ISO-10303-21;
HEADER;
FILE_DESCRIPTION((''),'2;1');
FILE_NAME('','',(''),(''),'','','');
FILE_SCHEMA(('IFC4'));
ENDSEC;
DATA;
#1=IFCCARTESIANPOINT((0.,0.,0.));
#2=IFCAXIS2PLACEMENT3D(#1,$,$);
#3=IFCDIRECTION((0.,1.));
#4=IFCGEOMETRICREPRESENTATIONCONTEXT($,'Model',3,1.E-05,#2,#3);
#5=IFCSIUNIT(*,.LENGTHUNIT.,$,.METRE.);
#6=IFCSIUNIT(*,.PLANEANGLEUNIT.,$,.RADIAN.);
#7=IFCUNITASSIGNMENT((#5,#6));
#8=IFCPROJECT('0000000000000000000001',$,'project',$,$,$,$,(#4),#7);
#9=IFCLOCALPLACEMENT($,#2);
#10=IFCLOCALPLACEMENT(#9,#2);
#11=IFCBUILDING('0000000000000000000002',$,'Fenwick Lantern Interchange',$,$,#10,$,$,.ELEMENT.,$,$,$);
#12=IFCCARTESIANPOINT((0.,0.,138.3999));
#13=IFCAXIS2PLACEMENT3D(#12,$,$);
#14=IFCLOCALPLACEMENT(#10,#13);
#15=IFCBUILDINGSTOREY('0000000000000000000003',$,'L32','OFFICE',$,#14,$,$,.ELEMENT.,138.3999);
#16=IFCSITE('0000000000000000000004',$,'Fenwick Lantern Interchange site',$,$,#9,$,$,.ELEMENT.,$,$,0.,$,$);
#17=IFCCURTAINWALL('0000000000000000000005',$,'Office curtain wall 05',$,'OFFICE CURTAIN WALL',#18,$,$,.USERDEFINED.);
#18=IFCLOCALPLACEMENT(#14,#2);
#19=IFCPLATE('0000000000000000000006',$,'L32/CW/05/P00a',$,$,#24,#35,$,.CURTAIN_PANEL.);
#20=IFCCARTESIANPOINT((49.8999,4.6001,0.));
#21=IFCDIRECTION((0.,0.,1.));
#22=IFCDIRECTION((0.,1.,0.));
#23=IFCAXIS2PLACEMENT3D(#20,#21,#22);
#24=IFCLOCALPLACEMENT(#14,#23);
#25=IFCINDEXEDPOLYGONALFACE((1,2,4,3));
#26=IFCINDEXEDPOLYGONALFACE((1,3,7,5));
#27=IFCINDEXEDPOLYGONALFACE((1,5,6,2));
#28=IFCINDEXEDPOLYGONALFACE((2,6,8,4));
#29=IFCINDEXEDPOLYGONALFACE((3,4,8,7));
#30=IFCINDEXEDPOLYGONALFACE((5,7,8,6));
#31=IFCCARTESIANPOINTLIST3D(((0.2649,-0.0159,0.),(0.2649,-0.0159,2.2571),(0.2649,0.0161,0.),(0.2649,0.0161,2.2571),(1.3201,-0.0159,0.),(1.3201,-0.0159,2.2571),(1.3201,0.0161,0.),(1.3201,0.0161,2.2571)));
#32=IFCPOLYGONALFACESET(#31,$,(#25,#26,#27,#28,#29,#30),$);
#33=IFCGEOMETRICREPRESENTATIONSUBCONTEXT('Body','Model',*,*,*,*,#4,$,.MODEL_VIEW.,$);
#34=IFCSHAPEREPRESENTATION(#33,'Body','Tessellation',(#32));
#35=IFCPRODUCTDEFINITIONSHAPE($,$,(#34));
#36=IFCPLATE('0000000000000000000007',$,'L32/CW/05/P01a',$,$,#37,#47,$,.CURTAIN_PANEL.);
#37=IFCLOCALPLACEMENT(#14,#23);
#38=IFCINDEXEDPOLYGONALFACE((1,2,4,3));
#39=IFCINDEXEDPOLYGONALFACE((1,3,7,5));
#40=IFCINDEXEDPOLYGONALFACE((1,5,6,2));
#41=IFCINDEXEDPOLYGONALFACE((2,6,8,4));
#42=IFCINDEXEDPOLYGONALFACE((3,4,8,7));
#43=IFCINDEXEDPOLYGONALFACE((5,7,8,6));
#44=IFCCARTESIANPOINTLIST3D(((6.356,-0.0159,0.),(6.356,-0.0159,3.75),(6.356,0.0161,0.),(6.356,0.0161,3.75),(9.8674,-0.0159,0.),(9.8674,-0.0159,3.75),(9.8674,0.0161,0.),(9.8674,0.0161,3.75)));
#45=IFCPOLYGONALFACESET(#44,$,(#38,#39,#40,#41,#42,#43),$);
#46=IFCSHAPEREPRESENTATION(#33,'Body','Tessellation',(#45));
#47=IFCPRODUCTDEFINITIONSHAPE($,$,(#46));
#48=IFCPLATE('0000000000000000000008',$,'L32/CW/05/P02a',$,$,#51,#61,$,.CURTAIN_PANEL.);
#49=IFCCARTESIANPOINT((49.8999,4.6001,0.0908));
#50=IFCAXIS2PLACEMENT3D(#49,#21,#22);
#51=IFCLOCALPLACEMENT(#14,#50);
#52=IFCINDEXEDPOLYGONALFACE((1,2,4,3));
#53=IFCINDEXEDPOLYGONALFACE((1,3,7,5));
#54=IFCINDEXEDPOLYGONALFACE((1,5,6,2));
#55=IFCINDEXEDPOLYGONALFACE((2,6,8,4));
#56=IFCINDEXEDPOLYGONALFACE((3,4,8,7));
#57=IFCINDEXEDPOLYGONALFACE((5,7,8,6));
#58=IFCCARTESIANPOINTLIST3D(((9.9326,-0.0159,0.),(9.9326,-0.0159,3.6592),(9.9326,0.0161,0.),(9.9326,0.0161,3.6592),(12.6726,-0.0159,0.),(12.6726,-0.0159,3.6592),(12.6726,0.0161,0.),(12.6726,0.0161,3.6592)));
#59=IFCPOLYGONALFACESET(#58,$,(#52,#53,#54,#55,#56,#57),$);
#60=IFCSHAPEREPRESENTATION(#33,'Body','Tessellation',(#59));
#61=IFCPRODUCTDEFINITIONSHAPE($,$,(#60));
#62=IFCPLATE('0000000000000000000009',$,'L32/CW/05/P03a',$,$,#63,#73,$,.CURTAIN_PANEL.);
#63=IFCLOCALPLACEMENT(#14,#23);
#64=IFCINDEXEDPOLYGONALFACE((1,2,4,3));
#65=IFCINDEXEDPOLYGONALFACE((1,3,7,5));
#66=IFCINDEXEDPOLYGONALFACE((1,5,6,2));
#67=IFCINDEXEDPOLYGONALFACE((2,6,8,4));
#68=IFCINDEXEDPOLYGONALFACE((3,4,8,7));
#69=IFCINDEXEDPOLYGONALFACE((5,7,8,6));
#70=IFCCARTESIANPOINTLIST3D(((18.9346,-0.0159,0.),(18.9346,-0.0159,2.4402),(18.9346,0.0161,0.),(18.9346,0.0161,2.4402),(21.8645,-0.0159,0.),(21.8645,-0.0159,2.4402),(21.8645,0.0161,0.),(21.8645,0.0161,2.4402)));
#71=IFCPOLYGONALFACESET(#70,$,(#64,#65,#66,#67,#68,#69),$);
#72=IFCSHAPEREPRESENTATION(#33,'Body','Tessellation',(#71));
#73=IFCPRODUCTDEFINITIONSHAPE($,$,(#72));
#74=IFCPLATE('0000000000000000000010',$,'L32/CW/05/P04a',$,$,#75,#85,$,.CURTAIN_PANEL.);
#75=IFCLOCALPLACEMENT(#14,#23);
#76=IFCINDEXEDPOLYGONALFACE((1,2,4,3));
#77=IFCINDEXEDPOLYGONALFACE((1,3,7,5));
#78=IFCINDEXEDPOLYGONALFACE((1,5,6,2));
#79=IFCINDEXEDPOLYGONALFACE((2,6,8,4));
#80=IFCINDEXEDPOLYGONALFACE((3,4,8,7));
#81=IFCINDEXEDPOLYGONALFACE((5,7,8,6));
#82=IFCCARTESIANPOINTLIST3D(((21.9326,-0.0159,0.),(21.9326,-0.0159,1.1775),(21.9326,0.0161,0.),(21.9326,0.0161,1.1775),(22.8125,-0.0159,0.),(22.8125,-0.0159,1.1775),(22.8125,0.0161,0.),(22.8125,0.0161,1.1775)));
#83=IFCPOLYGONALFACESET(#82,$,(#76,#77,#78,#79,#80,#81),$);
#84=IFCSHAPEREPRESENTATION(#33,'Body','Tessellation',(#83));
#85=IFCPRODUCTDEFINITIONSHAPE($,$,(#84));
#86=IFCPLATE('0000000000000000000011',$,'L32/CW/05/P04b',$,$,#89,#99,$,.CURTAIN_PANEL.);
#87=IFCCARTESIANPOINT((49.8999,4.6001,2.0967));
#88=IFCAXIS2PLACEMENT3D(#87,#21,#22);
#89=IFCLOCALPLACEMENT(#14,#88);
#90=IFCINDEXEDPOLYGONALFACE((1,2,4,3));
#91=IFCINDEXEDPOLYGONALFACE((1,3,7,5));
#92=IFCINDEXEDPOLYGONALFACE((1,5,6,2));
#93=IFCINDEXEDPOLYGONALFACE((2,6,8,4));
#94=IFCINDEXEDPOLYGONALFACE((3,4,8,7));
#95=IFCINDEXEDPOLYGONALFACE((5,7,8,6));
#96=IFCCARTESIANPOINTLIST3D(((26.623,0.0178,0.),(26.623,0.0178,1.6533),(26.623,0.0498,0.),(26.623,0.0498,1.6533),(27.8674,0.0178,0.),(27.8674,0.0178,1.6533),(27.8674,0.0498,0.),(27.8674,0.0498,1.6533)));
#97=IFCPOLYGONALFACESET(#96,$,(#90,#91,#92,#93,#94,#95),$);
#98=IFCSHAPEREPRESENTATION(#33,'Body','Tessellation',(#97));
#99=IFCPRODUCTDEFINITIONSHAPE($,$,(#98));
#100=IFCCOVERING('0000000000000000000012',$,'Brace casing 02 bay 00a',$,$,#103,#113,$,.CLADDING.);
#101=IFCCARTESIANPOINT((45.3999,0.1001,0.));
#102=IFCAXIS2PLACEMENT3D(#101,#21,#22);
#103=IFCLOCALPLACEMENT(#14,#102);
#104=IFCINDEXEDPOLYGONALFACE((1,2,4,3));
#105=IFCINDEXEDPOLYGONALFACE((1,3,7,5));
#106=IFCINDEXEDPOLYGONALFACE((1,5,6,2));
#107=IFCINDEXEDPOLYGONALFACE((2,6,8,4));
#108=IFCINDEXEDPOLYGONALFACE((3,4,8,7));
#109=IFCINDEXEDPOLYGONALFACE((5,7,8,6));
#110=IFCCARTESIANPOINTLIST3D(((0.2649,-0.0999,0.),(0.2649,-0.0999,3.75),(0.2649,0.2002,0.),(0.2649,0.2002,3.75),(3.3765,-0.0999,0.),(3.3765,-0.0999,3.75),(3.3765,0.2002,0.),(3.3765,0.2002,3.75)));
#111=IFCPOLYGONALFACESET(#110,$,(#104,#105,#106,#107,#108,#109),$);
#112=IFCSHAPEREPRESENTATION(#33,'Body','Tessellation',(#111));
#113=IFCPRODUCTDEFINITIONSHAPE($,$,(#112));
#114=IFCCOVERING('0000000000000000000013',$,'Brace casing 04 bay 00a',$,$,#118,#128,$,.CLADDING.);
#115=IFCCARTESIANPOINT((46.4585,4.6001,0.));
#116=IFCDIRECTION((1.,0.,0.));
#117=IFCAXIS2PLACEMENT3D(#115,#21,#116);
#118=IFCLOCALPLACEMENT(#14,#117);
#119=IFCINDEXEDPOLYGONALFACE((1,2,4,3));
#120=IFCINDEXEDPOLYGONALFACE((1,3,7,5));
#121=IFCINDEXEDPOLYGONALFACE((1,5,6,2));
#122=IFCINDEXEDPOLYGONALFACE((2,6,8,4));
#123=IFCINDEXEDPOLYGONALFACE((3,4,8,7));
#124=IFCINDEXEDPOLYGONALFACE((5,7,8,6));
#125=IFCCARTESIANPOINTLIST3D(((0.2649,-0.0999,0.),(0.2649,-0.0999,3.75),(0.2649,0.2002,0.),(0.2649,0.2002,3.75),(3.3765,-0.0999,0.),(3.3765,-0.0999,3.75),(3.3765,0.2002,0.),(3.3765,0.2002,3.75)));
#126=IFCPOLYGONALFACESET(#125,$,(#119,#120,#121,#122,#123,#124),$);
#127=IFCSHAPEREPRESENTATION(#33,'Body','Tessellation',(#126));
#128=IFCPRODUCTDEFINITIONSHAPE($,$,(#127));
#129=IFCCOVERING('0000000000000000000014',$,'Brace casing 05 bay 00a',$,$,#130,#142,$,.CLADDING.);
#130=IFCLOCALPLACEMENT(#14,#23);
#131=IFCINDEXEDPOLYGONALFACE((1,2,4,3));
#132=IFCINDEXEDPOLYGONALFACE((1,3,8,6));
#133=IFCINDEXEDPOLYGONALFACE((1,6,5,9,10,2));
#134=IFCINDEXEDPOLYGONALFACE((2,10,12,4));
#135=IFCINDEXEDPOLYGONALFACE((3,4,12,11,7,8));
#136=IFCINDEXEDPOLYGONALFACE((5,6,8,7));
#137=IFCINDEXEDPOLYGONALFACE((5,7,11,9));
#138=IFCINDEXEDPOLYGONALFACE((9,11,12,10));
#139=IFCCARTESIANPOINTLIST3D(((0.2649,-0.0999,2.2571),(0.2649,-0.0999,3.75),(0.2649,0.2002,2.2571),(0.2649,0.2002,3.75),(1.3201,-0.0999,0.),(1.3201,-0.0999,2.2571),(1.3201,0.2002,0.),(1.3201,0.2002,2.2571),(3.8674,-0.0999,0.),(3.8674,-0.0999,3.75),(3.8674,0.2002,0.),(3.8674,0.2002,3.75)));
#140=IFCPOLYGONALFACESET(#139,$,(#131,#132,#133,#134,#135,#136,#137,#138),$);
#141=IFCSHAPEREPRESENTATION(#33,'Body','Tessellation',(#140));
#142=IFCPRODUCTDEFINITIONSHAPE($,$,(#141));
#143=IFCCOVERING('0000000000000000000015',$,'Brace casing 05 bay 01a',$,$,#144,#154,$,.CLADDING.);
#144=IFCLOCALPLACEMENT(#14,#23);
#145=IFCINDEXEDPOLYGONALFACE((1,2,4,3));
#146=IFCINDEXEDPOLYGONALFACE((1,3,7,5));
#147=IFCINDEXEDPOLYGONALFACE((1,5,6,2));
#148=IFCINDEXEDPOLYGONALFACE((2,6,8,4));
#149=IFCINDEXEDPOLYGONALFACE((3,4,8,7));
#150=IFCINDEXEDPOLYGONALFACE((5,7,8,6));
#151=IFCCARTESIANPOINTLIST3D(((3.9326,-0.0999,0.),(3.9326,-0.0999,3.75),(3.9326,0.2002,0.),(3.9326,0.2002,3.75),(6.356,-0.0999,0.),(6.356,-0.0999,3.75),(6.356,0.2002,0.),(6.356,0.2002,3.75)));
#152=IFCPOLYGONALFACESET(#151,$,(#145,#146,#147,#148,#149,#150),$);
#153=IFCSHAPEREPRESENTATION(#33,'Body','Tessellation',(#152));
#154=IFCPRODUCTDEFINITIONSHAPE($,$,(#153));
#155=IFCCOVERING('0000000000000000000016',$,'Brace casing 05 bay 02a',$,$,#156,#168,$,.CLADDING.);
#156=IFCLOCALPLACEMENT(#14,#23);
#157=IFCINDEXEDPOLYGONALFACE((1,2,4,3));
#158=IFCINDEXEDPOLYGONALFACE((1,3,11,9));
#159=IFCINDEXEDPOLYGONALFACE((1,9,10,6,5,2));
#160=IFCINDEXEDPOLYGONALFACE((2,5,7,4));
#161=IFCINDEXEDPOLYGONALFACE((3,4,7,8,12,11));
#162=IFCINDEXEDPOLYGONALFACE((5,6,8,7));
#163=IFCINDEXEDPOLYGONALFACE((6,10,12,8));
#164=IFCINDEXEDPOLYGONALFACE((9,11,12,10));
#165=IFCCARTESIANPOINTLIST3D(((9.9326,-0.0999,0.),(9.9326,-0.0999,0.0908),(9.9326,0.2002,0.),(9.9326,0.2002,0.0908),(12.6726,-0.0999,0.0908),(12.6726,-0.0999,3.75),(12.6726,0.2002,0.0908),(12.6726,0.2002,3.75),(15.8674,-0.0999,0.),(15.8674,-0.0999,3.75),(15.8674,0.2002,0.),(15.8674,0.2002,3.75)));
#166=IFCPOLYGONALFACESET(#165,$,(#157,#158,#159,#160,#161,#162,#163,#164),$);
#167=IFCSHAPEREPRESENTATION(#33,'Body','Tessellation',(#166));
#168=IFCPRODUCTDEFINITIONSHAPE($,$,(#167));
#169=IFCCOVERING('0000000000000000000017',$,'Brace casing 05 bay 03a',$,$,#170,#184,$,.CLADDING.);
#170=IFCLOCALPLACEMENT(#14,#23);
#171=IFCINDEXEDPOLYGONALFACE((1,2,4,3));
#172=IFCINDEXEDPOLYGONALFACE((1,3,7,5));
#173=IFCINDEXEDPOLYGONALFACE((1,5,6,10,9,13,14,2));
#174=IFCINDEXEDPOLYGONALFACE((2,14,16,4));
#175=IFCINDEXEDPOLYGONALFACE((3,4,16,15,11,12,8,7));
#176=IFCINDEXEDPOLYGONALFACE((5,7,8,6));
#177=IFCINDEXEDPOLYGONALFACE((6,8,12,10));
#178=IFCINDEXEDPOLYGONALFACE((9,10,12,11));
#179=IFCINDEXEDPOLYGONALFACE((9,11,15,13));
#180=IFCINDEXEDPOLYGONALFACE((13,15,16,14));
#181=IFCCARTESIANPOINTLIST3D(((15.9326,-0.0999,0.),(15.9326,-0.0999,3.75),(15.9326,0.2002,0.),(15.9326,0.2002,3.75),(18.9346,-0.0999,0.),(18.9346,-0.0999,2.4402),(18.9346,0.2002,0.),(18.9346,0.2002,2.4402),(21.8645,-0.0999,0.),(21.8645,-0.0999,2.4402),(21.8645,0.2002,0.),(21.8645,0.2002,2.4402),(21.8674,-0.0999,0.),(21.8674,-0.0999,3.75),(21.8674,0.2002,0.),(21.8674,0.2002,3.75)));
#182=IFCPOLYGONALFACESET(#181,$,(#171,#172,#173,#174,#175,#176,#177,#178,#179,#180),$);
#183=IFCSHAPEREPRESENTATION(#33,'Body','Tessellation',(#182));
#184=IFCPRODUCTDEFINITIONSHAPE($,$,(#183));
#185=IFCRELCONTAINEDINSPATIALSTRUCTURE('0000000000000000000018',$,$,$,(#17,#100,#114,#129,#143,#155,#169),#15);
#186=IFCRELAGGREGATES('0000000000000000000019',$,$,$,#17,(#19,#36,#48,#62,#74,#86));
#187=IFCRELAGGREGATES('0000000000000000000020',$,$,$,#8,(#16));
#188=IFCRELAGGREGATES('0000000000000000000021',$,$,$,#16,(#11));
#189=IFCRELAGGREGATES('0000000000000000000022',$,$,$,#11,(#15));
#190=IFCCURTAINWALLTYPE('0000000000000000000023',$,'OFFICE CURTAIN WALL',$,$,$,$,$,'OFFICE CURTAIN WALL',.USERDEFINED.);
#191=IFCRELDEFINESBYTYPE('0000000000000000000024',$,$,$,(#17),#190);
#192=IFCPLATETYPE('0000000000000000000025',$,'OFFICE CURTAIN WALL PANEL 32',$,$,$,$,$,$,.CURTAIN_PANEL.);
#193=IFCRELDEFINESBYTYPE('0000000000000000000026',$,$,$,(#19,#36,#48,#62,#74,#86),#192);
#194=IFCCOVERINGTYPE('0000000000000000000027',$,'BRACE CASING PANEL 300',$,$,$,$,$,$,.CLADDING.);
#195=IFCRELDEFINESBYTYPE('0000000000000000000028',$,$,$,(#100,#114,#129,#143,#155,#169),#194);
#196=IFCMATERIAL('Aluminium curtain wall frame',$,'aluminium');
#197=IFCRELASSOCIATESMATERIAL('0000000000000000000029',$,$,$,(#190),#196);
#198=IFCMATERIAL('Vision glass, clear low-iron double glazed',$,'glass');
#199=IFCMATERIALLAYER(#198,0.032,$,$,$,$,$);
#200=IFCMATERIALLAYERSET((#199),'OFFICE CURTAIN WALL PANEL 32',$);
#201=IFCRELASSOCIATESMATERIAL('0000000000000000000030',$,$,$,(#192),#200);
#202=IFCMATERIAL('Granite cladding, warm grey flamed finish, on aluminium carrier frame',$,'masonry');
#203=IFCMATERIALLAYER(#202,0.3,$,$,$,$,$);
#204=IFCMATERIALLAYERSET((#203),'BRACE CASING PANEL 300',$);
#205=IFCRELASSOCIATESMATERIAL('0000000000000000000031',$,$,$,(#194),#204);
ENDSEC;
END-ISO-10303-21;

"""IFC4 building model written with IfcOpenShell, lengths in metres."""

from ifc_helpers import new_model, si_unit, direction, frame, origin, place, context, subcontext, project, spatial, polyline, outline, extrude, material, layer, layer_set, type_object, element, aggregate, save


model = new_model("IFC4")

# Units and contexts
model_context = context("Model", 3, precision=1e-05, world=origin(), true_north=direction((0.0, 1.0)))
body_context = subcontext(model_context, "Body", "Model", "MODEL_VIEW")
ifc_project = project(units=[si_unit("LENGTHUNIT", "METRE"), si_unit("PLANEANGLEUNIT", "RADIAN")], contexts=[model_context])

# Site, building, storey
site_placement = place(None, origin())
site = spatial("IfcSite", under=ifc_project, at=site_placement, Name="Fenwick Lantern Interchange site", CompositionType="ELEMENT", RefElevation=0.0)
building_placement = place(site_placement, origin())
building = spatial("IfcBuilding", under=site, at=building_placement, Name="Fenwick Lantern Interchange", CompositionType="ELEMENT")
storey_placement = place(building_placement, frame((0.0, 0.0, 138.3999)))
storey = spatial("IfcBuildingStorey", under=building, at=storey_placement, Name="L32", Description="OFFICE", CompositionType="ELEMENT", Elevation=138.3999)

# Shared definitions
ifc_material_1 = material(Name="Aluminium curtain wall frame", Category="aluminium")
curtain_wall_type = type_object("IfcCurtainWallType", Name="OFFICE CURTAIN WALL", ElementType="OFFICE CURTAIN WALL", PredefinedType="USERDEFINED", material=ifc_material_1)

# Shared definitions
ifc_material_2 = material(Name="Vision glass, clear low-iron double glazed", Category="glass")
ifc_layer_1 = layer(ifc_material_2, 0.032)
ifc_layer_set_1 = layer_set([ifc_layer_1], Name="OFFICE CURTAIN WALL PANEL 32")
plate_type = type_object("IfcPlateType", Name="OFFICE CURTAIN WALL PANEL 32", PredefinedType="CURTAIN_PANEL", material=ifc_layer_set_1)

# Curtain wall, plates
curtain_wall_1_placement = place(storey_placement, origin())
curtain_wall_1 = element("IfcCurtainWall", 1, at=curtain_wall_1_placement, inside=storey, type_object=curtain_wall_type, Name="Office curtain wall 05", ObjectType="OFFICE CURTAIN WALL", PredefinedType="USERDEFINED")
plate_1_placement = place(storey_placement, frame((49.8999, 4.6001, 0.0), z_axis=(0.0, 0.0, 1.0), x_axis=(0.0, 1.0, 0.0)))
plate_1 = element("IfcPlate", 2, at=plate_1_placement, type_object=plate_type, Name="L32/CW/05/P00a", PredefinedType="CURTAIN_PANEL", context=body_context, shape_type="SweptSolid", body=[
    extrude(outline(polyline([(0.2649, 0.0), (1.3201, 0.0), (1.3201, 2.2571), (0.2649, 2.2571), (0.2649, 0.0)])), frame((0.0, 0.0161, 0.0), z_axis=(0.0, -1.0, 0.0), x_axis=(1.0, 0.0, 0.0)), (0.0, 0.0, 1.0), 0.032),
])
plate_2_placement = place(storey_placement, frame((49.8999, 4.6001, 0.0), z_axis=(0.0, 0.0, 1.0), x_axis=(0.0, 1.0, 0.0)))
plate_2 = element("IfcPlate", 3, at=plate_2_placement, type_object=plate_type, Name="L32/CW/05/P01a", PredefinedType="CURTAIN_PANEL", context=body_context, shape_type="SweptSolid", body=[
    extrude(outline(polyline([(6.356, 0.0), (9.8674, 0.0), (9.8674, 3.75), (6.356, 3.75), (6.356, 0.0)])), frame((0.0, 0.0161, 0.0), z_axis=(0.0, -1.0, 0.0), x_axis=(1.0, 0.0, 0.0)), (0.0, 0.0, 1.0), 0.032),
])
plate_3_placement = place(storey_placement, frame((49.8999, 4.6001, 0.0908), z_axis=(0.0, 0.0, 1.0), x_axis=(0.0, 1.0, 0.0)))
plate_3 = element("IfcPlate", 4, at=plate_3_placement, type_object=plate_type, Name="L32/CW/05/P02a", PredefinedType="CURTAIN_PANEL", context=body_context, shape_type="SweptSolid", body=[
    extrude(outline(polyline([(9.9326, 0.0), (12.6726, 0.0), (12.6726, 3.6592), (9.9326, 3.6592), (9.9326, 0.0)])), frame((0.0, 0.0161, 0.0), z_axis=(0.0, -1.0, 0.0), x_axis=(1.0, 0.0, 0.0)), (0.0, 0.0, 1.0), 0.032),
])
plate_4_placement = place(storey_placement, frame((49.8999, 4.6001, 0.0), z_axis=(0.0, 0.0, 1.0), x_axis=(0.0, 1.0, 0.0)))
plate_4 = element("IfcPlate", 5, at=plate_4_placement, type_object=plate_type, Name="L32/CW/05/P03a", PredefinedType="CURTAIN_PANEL", context=body_context, shape_type="SweptSolid", body=[
    extrude(outline(polyline([(18.9346, 0.0), (21.8645, 0.0), (21.8645, 2.4402), (18.9346, 2.4402), (18.9346, 0.0)])), frame((0.0, 0.0161, 0.0), z_axis=(0.0, -1.0, 0.0), x_axis=(1.0, 0.0, 0.0)), (0.0, 0.0, 1.0), 0.032),
])
plate_5_placement = place(storey_placement, frame((49.8999, 4.6001, 0.0), z_axis=(0.0, 0.0, 1.0), x_axis=(0.0, 1.0, 0.0)))
plate_5 = element("IfcPlate", 6, at=plate_5_placement, type_object=plate_type, Name="L32/CW/05/P04a", PredefinedType="CURTAIN_PANEL", context=body_context, shape_type="SweptSolid", body=[
    extrude(outline(polyline([(21.9326, 0.0), (22.8125, 0.0), (22.8125, 1.1775), (21.9326, 1.1775), (21.9326, 0.0)])), frame((0.0, 0.0161, 0.0), z_axis=(0.0, -1.0, 0.0), x_axis=(1.0, 0.0, 0.0)), (0.0, 0.0, 1.0), 0.032),
])
plate_6_placement = place(storey_placement, frame((49.8999, 4.6001, 2.0967), z_axis=(0.0, 0.0, 1.0), x_axis=(0.0, 1.0, 0.0)))
plate_6 = element("IfcPlate", 7, at=plate_6_placement, type_object=plate_type, Name="L32/CW/05/P04b", PredefinedType="CURTAIN_PANEL", context=body_context, shape_type="SweptSolid", body=[
    extrude(outline(polyline([(26.623, 0.0), (27.8674, 0.0), (27.8674, 1.6533), (26.623, 1.6533), (26.623, 0.0)])), frame((0.0, 0.0498, 0.0), z_axis=(0.0, -1.0, 0.0), x_axis=(1.0, 0.0, 0.0)), (0.0, 0.0, 1.0), 0.032),
])
aggregate(curtain_wall_1, [plate_1, plate_2, plate_3, plate_4, plate_5, plate_6])

# Coverings
ifc_material_3 = material(Name="Granite cladding, warm grey flamed finish, on aluminium carrier frame", Category="masonry")
ifc_layer_2 = layer(ifc_material_3, 0.3)
ifc_layer_set_2 = layer_set([ifc_layer_2], Name="BRACE CASING PANEL 300")
covering_type = type_object("IfcCoveringType", Name="BRACE CASING PANEL 300", PredefinedType="CLADDING", material=ifc_layer_set_2)
for number, where, z_axis, x_axis, name in (
    (8, (45.3999, 0.1001, 0.0), (0.0, 0.0, 1.0), (0.0, 1.0, 0.0), "Brace casing 02 bay 00a"),
    (9, (46.4585, 4.6001, 0.0), (0.0, 0.0, 1.0), (1.0, 0.0, 0.0), "Brace casing 04 bay 00a"),
):
    element("IfcCovering", number, at=place(storey_placement, frame(where, z_axis=z_axis, x_axis=x_axis)), inside=storey, type_object=covering_type, Name=name, PredefinedType="CLADDING", context=body_context, shape_type="SweptSolid", body=[
        extrude(outline(polyline([(0.2649, 0.0), (3.3765, 0.0), (3.3765, 3.75), (0.2649, 3.75), (0.2649, 0.0)])), frame((0.0, 0.2002, 0.0), z_axis=(0.0, -1.0, 0.0), x_axis=(1.0, 0.0, 0.0)), (0.0, 0.0, 1.0), 0.3),
    ])
covering_1_placement = place(storey_placement, frame((49.8999, 4.6001, 0.0), z_axis=(0.0, 0.0, 1.0), x_axis=(0.0, 1.0, 0.0)))
element("IfcCovering", 10, at=covering_1_placement, inside=storey, type_object=covering_type, Name="Brace casing 05 bay 00a", PredefinedType="CLADDING", context=body_context, shape_type="SweptSolid", body=[
    extrude(outline(polyline([(1.3201, 0.0), (3.8674, 0.0), (3.8674, 3.75), (0.2649, 3.75), (0.2649, 2.2571), (1.3201, 2.2571), (1.3201, 0.0)])), frame((0.0, 0.2002, 0.0), z_axis=(0.0, -1.0, 0.0), x_axis=(1.0, 0.0, 0.0)), (0.0, 0.0, 1.0), 0.3),
])
covering_2_placement = place(storey_placement, frame((49.8999, 4.6001, 0.0), z_axis=(0.0, 0.0, 1.0), x_axis=(0.0, 1.0, 0.0)))
element("IfcCovering", 11, at=covering_2_placement, inside=storey, type_object=covering_type, Name="Brace casing 05 bay 01a", PredefinedType="CLADDING", context=body_context, shape_type="SweptSolid", body=[
    extrude(outline(polyline([(3.9326, 0.0), (6.356, 0.0), (6.356, 3.75), (3.9326, 3.75), (3.9326, 0.0)])), frame((0.0, 0.2002, 0.0), z_axis=(0.0, -1.0, 0.0), x_axis=(1.0, 0.0, 0.0)), (0.0, 0.0, 1.0), 0.3),
])
covering_3_placement = place(storey_placement, frame((49.8999, 4.6001, 0.0), z_axis=(0.0, 0.0, 1.0), x_axis=(0.0, 1.0, 0.0)))
element("IfcCovering", 12, at=covering_3_placement, inside=storey, type_object=covering_type, Name="Brace casing 05 bay 02a", PredefinedType="CLADDING", context=body_context, shape_type="SweptSolid", body=[
    extrude(outline(polyline([(9.9326, 0.0), (15.8674, 0.0), (15.8674, 3.75), (12.6726, 3.75), (12.6726, 0.0908), (9.9326, 0.0908), (9.9326, 0.0)])), frame((0.0, 0.2002, 0.0), z_axis=(0.0, -1.0, 0.0), x_axis=(1.0, 0.0, 0.0)), (0.0, 0.0, 1.0), 0.3),
])
covering_4_placement = place(storey_placement, frame((49.8999, 4.6001, 0.0), z_axis=(0.0, 0.0, 1.0), x_axis=(0.0, 1.0, 0.0)))
element("IfcCovering", 13, at=covering_4_placement, inside=storey, type_object=covering_type, Name="Brace casing 05 bay 03a", PredefinedType="CLADDING", context=body_context, shape_type="SweptSolid", body=[
    extrude(outline(polyline([(15.9326, 0.0), (18.9346, 0.0), (18.9346, 2.4402), (21.8645, 2.4402), (21.8645, 0.0), (21.8674, 0.0), (21.8674, 3.75), (15.9326, 3.75), (15.9326, 0.0)])), frame((0.0, 0.2002, 0.0), z_axis=(0.0, -1.0, 0.0), x_axis=(1.0, 0.0, 0.0)), (0.0, 0.0, 1.0), 0.3),
])

save(model, "model.ifc")
